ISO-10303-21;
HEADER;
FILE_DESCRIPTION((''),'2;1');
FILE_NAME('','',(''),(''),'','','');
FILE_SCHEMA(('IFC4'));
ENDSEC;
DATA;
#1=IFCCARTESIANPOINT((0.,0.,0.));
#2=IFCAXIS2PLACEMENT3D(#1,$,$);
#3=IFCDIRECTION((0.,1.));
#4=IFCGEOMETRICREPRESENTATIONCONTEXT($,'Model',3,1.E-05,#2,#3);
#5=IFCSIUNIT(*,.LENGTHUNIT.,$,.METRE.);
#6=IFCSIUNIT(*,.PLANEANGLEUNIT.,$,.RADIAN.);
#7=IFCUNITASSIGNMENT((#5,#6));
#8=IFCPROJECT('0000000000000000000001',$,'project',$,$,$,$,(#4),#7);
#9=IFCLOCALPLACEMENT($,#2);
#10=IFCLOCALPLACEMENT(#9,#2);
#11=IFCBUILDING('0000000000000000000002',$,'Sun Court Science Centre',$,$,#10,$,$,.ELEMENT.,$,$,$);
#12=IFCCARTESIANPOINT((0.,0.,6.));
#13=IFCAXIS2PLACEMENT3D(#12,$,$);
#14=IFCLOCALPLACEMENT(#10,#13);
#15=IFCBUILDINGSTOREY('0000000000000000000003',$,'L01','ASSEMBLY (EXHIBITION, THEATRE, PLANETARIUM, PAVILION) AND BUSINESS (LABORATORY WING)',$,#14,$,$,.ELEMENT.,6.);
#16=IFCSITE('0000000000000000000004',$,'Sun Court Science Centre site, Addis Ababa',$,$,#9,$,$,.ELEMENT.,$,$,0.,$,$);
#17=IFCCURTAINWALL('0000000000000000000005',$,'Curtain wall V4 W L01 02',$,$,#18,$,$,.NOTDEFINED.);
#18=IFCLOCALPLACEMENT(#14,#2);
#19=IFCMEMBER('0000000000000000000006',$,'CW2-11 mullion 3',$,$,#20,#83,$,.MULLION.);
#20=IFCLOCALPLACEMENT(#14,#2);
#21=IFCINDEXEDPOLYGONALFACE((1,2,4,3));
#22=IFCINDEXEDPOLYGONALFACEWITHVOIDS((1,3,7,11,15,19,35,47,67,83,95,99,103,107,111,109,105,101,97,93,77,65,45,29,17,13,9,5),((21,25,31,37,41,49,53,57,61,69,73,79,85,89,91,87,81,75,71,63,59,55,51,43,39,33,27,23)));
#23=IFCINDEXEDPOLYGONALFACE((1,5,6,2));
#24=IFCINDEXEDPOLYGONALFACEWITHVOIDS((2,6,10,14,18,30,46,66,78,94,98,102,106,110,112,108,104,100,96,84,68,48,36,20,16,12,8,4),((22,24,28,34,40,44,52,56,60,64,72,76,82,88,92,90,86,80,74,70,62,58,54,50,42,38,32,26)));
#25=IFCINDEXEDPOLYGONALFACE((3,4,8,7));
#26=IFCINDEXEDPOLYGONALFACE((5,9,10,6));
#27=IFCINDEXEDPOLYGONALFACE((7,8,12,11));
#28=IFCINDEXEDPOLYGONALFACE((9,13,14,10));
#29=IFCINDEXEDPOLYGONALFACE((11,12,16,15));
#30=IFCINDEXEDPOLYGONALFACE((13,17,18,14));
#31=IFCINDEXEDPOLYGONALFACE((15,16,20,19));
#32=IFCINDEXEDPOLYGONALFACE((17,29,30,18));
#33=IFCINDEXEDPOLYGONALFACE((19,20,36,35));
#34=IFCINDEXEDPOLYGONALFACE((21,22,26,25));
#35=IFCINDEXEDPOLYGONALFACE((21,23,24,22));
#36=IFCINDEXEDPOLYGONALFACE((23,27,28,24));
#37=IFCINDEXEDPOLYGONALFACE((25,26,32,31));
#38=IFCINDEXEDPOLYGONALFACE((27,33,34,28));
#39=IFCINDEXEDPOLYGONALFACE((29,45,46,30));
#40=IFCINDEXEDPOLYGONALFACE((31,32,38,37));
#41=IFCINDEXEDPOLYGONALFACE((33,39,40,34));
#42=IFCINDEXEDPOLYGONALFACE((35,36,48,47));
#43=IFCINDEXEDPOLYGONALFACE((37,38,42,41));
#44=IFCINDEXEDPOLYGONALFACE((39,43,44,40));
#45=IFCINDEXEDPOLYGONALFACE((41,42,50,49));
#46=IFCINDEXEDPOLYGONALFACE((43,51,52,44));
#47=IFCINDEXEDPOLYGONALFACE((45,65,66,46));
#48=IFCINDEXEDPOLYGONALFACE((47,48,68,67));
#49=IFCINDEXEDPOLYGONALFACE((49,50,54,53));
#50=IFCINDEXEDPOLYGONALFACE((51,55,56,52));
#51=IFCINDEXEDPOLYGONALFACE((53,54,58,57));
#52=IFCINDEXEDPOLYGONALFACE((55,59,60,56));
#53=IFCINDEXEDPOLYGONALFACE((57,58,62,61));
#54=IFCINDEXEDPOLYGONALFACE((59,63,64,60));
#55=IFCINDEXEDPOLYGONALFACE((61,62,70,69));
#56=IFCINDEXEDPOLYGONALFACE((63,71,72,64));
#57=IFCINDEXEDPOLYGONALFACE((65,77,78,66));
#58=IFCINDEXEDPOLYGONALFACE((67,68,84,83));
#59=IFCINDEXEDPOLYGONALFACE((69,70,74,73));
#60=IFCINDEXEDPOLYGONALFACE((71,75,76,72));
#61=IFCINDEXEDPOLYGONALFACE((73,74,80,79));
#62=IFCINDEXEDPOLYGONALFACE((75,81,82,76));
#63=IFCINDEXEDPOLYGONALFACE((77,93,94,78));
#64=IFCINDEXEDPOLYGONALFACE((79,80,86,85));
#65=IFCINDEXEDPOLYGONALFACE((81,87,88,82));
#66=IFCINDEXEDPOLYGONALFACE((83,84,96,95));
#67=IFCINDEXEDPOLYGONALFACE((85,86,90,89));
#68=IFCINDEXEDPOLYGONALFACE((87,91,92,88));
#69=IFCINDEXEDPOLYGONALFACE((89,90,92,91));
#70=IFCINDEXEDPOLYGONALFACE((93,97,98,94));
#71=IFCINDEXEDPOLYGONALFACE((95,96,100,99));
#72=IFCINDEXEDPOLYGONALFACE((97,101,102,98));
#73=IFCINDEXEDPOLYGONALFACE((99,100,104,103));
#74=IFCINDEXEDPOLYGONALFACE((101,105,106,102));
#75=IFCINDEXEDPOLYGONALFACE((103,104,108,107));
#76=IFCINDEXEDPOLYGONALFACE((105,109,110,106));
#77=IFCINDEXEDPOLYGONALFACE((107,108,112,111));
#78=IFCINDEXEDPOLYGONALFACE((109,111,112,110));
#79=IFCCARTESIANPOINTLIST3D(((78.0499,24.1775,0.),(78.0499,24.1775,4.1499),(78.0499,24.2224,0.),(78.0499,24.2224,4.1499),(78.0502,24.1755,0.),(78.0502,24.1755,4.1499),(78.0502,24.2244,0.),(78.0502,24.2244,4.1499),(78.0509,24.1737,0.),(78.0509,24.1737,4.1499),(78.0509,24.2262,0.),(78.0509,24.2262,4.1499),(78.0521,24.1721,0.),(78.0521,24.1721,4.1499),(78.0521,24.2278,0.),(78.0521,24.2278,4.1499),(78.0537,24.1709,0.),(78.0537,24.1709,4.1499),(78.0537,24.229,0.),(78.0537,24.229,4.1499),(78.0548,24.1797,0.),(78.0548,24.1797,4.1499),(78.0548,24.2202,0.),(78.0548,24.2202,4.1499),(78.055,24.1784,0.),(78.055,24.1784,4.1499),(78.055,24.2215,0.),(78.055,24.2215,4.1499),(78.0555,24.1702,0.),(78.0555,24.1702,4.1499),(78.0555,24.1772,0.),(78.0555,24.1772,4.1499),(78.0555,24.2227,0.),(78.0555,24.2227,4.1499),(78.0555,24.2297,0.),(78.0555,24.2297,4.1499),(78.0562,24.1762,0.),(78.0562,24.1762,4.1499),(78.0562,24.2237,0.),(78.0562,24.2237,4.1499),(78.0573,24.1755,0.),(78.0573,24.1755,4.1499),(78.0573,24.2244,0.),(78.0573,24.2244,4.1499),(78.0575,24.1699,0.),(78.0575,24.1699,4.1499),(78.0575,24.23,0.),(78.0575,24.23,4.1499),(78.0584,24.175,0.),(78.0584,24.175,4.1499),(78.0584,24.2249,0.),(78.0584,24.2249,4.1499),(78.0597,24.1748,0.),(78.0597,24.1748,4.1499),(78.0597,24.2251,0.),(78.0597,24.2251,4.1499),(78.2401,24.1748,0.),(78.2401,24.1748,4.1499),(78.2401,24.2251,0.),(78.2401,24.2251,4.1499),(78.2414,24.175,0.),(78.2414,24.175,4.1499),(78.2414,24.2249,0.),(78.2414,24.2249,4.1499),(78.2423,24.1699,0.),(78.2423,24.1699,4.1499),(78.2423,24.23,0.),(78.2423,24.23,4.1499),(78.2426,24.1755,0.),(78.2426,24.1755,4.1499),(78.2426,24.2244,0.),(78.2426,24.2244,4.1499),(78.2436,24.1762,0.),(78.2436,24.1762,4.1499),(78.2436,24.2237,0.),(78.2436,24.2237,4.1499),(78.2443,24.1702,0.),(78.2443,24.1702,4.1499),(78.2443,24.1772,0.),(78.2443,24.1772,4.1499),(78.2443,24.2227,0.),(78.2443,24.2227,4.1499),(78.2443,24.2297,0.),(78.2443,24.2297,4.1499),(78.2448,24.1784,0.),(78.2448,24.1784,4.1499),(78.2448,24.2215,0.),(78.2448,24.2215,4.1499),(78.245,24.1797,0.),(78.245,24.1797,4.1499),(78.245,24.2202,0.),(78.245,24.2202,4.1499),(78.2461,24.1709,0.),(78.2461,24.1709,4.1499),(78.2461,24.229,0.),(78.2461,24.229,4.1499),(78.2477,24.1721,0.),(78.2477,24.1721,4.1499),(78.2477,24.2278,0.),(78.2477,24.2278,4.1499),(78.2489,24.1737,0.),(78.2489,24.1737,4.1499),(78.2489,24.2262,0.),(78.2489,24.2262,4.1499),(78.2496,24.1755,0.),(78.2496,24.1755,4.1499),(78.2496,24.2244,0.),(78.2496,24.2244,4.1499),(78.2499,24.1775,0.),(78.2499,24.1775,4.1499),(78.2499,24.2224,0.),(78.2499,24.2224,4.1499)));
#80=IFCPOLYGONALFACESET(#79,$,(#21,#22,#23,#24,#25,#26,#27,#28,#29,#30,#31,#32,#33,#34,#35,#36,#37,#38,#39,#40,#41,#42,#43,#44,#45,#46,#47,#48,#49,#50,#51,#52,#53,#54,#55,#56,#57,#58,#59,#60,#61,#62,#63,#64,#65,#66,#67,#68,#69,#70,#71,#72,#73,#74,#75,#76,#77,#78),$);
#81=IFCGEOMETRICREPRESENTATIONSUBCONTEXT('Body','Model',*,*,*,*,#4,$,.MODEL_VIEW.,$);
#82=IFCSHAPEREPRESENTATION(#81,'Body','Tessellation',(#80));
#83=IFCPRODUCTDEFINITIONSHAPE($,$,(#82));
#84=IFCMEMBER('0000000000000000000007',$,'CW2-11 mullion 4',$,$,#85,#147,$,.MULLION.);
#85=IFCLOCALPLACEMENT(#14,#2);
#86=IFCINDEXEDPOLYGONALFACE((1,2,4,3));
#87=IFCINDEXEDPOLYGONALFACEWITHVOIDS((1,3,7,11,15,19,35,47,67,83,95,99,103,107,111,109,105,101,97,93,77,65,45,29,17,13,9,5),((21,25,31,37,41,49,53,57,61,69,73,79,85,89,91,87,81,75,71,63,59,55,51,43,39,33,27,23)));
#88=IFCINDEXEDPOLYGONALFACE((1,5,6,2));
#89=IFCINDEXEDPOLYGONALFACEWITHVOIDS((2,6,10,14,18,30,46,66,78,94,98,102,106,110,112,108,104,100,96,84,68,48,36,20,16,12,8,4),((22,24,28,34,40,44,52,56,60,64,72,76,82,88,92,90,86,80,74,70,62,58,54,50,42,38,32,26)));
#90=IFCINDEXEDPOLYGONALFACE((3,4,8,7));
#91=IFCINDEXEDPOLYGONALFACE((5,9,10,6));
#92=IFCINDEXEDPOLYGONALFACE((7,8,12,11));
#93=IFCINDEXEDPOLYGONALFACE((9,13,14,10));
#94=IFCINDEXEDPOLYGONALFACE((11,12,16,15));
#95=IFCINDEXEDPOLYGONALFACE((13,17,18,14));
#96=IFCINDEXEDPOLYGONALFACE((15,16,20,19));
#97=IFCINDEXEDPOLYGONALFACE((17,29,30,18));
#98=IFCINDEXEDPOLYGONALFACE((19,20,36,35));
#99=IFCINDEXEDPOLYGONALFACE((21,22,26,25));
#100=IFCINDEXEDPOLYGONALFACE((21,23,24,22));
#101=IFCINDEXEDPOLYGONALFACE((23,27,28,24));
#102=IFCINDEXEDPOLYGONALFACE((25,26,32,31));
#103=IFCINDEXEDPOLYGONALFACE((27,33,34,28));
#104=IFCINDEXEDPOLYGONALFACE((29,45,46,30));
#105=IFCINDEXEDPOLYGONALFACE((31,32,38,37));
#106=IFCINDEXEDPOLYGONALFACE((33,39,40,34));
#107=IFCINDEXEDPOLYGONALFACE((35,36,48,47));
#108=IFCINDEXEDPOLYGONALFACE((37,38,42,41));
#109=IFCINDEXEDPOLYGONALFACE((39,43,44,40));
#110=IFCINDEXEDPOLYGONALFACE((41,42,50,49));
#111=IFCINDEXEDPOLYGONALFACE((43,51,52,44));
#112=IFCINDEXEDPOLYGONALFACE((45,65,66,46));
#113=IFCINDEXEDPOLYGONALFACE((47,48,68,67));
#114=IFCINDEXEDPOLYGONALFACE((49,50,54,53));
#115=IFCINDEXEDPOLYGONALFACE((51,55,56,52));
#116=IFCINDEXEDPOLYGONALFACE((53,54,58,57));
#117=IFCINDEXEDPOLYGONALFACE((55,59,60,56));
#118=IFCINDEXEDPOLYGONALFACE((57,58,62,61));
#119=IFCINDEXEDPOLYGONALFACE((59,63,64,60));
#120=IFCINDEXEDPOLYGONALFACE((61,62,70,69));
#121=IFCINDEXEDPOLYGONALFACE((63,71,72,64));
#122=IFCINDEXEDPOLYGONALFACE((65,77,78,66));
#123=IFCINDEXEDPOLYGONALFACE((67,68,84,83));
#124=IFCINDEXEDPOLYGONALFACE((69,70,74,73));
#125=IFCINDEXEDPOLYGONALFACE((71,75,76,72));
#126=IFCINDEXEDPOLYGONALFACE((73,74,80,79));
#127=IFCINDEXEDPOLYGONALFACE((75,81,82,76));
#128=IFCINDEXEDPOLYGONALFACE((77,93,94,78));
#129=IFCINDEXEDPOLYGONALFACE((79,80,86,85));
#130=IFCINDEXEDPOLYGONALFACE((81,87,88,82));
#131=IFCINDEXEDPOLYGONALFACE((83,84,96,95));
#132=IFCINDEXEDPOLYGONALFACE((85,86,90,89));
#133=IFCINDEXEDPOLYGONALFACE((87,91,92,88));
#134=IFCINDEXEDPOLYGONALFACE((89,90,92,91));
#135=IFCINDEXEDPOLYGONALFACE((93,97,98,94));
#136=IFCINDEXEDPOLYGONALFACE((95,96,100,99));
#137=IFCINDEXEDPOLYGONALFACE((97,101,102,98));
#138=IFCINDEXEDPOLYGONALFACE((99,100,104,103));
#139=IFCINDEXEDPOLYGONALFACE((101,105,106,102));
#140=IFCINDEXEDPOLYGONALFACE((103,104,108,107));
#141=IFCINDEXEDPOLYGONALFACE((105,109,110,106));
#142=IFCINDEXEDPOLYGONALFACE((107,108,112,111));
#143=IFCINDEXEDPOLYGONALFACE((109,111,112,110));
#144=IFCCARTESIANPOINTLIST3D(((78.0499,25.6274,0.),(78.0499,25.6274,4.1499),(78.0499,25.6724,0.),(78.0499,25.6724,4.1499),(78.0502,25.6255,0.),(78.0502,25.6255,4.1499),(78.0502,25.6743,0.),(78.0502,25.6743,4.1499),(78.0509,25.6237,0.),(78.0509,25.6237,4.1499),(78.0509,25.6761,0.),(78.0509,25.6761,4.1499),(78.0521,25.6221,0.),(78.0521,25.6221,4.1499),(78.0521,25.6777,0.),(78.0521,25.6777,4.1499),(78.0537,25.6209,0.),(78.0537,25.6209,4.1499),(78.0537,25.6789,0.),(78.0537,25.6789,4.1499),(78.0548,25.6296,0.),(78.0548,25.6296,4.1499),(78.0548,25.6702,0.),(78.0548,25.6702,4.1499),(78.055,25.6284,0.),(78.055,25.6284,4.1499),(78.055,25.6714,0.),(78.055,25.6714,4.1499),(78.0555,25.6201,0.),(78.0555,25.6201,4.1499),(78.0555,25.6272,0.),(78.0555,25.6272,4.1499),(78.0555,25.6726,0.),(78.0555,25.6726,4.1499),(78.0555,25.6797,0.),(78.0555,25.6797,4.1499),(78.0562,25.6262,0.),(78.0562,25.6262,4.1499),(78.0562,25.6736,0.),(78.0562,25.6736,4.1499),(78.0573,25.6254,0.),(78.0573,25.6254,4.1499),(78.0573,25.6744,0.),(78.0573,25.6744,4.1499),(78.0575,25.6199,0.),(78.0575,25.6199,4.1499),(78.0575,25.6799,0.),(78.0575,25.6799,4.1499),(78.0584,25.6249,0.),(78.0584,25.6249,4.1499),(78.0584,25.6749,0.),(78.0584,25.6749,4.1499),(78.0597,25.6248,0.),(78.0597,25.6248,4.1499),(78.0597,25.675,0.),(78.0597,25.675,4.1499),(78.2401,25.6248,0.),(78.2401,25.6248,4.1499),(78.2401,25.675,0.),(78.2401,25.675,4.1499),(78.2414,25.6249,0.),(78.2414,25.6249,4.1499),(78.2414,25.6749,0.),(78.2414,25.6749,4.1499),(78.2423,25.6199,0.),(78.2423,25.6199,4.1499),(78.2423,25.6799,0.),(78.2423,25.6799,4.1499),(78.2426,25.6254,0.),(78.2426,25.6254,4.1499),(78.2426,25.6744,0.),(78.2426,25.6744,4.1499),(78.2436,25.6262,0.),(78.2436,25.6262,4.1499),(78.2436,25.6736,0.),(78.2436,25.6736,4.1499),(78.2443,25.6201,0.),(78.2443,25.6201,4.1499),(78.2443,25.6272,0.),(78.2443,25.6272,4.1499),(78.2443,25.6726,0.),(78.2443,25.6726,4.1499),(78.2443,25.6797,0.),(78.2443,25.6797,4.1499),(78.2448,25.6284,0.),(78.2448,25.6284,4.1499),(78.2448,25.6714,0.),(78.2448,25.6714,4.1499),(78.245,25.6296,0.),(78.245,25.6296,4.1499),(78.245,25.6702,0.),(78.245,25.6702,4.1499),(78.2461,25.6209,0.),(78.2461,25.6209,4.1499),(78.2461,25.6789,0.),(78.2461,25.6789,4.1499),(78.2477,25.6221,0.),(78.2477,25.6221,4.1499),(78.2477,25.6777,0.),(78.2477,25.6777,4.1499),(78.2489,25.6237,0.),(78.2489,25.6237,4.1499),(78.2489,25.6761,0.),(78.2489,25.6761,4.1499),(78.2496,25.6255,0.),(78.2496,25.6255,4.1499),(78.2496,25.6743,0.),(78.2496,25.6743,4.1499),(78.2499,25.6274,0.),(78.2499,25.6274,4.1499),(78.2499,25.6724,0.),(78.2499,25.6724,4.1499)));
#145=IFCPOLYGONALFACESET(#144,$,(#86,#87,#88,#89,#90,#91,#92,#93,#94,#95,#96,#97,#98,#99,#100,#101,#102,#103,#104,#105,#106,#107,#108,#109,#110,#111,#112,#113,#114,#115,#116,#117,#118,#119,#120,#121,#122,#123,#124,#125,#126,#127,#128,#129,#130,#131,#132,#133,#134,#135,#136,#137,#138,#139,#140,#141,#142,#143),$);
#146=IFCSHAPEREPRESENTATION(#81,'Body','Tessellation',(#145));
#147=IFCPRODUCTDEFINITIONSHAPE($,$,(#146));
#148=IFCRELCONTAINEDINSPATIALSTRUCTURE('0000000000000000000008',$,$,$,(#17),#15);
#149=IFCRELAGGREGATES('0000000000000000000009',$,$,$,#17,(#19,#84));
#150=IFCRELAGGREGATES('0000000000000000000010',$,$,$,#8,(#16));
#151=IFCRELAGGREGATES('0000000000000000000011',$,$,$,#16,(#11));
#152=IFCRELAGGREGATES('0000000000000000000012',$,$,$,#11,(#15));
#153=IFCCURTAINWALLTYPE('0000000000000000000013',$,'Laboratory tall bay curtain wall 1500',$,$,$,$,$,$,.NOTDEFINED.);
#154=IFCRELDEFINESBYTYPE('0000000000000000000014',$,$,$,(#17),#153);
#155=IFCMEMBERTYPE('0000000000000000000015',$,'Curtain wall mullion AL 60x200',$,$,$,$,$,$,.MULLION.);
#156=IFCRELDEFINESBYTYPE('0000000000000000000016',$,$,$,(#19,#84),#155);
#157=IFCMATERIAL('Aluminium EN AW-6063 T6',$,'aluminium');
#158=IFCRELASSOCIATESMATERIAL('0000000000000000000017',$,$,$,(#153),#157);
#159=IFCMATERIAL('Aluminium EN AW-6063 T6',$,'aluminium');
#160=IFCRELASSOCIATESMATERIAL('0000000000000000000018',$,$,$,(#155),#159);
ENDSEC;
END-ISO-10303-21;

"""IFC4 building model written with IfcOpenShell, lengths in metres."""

from ifc_helpers import new_model, si_unit, direction, frame, origin, origin_2d, place, context, subcontext, project, spatial, hollow_rectangle, extrude, material, material_profile, profile_set, type_object, element, aggregate, save


model = new_model("IFC4")

# Units and contexts
model_context = context("Model", 3, precision=1e-05, world=origin(), true_north=direction((0.0, 1.0)))
body_context = subcontext(model_context, "Body", "Model", "MODEL_VIEW")
ifc_project = project(units=[si_unit("LENGTHUNIT", "METRE"), si_unit("PLANEANGLEUNIT", "RADIAN")], contexts=[model_context])

# Site, building, storey
site_placement = place(None, origin())
site = spatial("IfcSite", under=ifc_project, at=site_placement, Name="Sun Court Science Centre site, Addis Ababa", CompositionType="ELEMENT", RefElevation=0.0)
building_placement = place(site_placement, origin())
building = spatial("IfcBuilding", under=site, at=building_placement, Name="Sun Court Science Centre", CompositionType="ELEMENT")
storey_placement = place(building_placement, frame((0.0, 0.0, 6.0)))
storey = spatial("IfcBuildingStorey", under=building, at=storey_placement, Name="L01", Description="ASSEMBLY (EXHIBITION, THEATRE, PLANETARIUM, PAVILION) AND BUSINESS (LABORATORY WING)", CompositionType="ELEMENT", Elevation=6.0)

# Curtain wall, members
ifc_material_1 = material(Name="Aluminium EN AW-6063 T6", Category="aluminium")
curtain_wall_type = type_object("IfcCurtainWallType", Name="Laboratory tall bay curtain wall 1500", PredefinedType="NOTDEFINED", material=ifc_material_1)
ifc_material_2 = material(Name="Aluminium EN AW-6063 T6", Category="aluminium")
ifc_material_profile_1 = material_profile(ifc_material_2, hollow_rectangle(XDim=0.0601, YDim=0.2, WallThickness=0.0049, InnerFilletRadius=0.0049, OuterFilletRadius=0.0076, at=origin_2d()), Name="AL 60x200x5")
ifc_profile_set_1 = profile_set([ifc_material_profile_1], Name="Aluminium EN AW-6063 T6")
member_type_1 = type_object("IfcMemberType", Name="Curtain wall mullion AL 60x200", PredefinedType="MULLION", material=ifc_profile_set_1)
curtain_wall_1_placement = place(storey_placement, origin())
curtain_wall_1 = element("IfcCurtainWall", 1, at=curtain_wall_1_placement, inside=storey, type_object=curtain_wall_type, Name="Curtain wall V4 W L01 02", PredefinedType="NOTDEFINED")
member_1_placement = place(storey_placement, frame((78.1499, 24.2, 0.0), z_axis=(0.0, 0.0, 1.0), x_axis=(0.0, 1.0, 0.0)))
member_1 = element("IfcMember", 2, at=member_1_placement, type_object=member_type_1, Name="CW2-11 mullion 3", PredefinedType="MULLION", context=body_context, shape_type="SweptSolid", body=[
    extrude(hollow_rectangle(XDim=0.0601, YDim=0.2, WallThickness=0.0049, InnerFilletRadius=0.0049, OuterFilletRadius=0.0076, at=origin_2d()), origin(), (0.0, 0.0, 1.0), 4.1499),
])
member_2_placement = place(storey_placement, frame((78.1499, 25.6499, 0.0), z_axis=(0.0, 0.0, 1.0), x_axis=(0.0, 1.0, 0.0)))
member_2 = element("IfcMember", 3, at=member_2_placement, type_object=member_type_1, Name="CW2-11 mullion 4", PredefinedType="MULLION", context=body_context, shape_type="SweptSolid", body=[
    extrude(hollow_rectangle(XDim=0.0601, YDim=0.2, WallThickness=0.0049, InnerFilletRadius=0.0049, OuterFilletRadius=0.0076, at=origin_2d()), origin(), (0.0, 0.0, 1.0), 4.1499),
])

aggregate(curtain_wall_1, [member_1, member_2])

save(model, "model.ifc")
